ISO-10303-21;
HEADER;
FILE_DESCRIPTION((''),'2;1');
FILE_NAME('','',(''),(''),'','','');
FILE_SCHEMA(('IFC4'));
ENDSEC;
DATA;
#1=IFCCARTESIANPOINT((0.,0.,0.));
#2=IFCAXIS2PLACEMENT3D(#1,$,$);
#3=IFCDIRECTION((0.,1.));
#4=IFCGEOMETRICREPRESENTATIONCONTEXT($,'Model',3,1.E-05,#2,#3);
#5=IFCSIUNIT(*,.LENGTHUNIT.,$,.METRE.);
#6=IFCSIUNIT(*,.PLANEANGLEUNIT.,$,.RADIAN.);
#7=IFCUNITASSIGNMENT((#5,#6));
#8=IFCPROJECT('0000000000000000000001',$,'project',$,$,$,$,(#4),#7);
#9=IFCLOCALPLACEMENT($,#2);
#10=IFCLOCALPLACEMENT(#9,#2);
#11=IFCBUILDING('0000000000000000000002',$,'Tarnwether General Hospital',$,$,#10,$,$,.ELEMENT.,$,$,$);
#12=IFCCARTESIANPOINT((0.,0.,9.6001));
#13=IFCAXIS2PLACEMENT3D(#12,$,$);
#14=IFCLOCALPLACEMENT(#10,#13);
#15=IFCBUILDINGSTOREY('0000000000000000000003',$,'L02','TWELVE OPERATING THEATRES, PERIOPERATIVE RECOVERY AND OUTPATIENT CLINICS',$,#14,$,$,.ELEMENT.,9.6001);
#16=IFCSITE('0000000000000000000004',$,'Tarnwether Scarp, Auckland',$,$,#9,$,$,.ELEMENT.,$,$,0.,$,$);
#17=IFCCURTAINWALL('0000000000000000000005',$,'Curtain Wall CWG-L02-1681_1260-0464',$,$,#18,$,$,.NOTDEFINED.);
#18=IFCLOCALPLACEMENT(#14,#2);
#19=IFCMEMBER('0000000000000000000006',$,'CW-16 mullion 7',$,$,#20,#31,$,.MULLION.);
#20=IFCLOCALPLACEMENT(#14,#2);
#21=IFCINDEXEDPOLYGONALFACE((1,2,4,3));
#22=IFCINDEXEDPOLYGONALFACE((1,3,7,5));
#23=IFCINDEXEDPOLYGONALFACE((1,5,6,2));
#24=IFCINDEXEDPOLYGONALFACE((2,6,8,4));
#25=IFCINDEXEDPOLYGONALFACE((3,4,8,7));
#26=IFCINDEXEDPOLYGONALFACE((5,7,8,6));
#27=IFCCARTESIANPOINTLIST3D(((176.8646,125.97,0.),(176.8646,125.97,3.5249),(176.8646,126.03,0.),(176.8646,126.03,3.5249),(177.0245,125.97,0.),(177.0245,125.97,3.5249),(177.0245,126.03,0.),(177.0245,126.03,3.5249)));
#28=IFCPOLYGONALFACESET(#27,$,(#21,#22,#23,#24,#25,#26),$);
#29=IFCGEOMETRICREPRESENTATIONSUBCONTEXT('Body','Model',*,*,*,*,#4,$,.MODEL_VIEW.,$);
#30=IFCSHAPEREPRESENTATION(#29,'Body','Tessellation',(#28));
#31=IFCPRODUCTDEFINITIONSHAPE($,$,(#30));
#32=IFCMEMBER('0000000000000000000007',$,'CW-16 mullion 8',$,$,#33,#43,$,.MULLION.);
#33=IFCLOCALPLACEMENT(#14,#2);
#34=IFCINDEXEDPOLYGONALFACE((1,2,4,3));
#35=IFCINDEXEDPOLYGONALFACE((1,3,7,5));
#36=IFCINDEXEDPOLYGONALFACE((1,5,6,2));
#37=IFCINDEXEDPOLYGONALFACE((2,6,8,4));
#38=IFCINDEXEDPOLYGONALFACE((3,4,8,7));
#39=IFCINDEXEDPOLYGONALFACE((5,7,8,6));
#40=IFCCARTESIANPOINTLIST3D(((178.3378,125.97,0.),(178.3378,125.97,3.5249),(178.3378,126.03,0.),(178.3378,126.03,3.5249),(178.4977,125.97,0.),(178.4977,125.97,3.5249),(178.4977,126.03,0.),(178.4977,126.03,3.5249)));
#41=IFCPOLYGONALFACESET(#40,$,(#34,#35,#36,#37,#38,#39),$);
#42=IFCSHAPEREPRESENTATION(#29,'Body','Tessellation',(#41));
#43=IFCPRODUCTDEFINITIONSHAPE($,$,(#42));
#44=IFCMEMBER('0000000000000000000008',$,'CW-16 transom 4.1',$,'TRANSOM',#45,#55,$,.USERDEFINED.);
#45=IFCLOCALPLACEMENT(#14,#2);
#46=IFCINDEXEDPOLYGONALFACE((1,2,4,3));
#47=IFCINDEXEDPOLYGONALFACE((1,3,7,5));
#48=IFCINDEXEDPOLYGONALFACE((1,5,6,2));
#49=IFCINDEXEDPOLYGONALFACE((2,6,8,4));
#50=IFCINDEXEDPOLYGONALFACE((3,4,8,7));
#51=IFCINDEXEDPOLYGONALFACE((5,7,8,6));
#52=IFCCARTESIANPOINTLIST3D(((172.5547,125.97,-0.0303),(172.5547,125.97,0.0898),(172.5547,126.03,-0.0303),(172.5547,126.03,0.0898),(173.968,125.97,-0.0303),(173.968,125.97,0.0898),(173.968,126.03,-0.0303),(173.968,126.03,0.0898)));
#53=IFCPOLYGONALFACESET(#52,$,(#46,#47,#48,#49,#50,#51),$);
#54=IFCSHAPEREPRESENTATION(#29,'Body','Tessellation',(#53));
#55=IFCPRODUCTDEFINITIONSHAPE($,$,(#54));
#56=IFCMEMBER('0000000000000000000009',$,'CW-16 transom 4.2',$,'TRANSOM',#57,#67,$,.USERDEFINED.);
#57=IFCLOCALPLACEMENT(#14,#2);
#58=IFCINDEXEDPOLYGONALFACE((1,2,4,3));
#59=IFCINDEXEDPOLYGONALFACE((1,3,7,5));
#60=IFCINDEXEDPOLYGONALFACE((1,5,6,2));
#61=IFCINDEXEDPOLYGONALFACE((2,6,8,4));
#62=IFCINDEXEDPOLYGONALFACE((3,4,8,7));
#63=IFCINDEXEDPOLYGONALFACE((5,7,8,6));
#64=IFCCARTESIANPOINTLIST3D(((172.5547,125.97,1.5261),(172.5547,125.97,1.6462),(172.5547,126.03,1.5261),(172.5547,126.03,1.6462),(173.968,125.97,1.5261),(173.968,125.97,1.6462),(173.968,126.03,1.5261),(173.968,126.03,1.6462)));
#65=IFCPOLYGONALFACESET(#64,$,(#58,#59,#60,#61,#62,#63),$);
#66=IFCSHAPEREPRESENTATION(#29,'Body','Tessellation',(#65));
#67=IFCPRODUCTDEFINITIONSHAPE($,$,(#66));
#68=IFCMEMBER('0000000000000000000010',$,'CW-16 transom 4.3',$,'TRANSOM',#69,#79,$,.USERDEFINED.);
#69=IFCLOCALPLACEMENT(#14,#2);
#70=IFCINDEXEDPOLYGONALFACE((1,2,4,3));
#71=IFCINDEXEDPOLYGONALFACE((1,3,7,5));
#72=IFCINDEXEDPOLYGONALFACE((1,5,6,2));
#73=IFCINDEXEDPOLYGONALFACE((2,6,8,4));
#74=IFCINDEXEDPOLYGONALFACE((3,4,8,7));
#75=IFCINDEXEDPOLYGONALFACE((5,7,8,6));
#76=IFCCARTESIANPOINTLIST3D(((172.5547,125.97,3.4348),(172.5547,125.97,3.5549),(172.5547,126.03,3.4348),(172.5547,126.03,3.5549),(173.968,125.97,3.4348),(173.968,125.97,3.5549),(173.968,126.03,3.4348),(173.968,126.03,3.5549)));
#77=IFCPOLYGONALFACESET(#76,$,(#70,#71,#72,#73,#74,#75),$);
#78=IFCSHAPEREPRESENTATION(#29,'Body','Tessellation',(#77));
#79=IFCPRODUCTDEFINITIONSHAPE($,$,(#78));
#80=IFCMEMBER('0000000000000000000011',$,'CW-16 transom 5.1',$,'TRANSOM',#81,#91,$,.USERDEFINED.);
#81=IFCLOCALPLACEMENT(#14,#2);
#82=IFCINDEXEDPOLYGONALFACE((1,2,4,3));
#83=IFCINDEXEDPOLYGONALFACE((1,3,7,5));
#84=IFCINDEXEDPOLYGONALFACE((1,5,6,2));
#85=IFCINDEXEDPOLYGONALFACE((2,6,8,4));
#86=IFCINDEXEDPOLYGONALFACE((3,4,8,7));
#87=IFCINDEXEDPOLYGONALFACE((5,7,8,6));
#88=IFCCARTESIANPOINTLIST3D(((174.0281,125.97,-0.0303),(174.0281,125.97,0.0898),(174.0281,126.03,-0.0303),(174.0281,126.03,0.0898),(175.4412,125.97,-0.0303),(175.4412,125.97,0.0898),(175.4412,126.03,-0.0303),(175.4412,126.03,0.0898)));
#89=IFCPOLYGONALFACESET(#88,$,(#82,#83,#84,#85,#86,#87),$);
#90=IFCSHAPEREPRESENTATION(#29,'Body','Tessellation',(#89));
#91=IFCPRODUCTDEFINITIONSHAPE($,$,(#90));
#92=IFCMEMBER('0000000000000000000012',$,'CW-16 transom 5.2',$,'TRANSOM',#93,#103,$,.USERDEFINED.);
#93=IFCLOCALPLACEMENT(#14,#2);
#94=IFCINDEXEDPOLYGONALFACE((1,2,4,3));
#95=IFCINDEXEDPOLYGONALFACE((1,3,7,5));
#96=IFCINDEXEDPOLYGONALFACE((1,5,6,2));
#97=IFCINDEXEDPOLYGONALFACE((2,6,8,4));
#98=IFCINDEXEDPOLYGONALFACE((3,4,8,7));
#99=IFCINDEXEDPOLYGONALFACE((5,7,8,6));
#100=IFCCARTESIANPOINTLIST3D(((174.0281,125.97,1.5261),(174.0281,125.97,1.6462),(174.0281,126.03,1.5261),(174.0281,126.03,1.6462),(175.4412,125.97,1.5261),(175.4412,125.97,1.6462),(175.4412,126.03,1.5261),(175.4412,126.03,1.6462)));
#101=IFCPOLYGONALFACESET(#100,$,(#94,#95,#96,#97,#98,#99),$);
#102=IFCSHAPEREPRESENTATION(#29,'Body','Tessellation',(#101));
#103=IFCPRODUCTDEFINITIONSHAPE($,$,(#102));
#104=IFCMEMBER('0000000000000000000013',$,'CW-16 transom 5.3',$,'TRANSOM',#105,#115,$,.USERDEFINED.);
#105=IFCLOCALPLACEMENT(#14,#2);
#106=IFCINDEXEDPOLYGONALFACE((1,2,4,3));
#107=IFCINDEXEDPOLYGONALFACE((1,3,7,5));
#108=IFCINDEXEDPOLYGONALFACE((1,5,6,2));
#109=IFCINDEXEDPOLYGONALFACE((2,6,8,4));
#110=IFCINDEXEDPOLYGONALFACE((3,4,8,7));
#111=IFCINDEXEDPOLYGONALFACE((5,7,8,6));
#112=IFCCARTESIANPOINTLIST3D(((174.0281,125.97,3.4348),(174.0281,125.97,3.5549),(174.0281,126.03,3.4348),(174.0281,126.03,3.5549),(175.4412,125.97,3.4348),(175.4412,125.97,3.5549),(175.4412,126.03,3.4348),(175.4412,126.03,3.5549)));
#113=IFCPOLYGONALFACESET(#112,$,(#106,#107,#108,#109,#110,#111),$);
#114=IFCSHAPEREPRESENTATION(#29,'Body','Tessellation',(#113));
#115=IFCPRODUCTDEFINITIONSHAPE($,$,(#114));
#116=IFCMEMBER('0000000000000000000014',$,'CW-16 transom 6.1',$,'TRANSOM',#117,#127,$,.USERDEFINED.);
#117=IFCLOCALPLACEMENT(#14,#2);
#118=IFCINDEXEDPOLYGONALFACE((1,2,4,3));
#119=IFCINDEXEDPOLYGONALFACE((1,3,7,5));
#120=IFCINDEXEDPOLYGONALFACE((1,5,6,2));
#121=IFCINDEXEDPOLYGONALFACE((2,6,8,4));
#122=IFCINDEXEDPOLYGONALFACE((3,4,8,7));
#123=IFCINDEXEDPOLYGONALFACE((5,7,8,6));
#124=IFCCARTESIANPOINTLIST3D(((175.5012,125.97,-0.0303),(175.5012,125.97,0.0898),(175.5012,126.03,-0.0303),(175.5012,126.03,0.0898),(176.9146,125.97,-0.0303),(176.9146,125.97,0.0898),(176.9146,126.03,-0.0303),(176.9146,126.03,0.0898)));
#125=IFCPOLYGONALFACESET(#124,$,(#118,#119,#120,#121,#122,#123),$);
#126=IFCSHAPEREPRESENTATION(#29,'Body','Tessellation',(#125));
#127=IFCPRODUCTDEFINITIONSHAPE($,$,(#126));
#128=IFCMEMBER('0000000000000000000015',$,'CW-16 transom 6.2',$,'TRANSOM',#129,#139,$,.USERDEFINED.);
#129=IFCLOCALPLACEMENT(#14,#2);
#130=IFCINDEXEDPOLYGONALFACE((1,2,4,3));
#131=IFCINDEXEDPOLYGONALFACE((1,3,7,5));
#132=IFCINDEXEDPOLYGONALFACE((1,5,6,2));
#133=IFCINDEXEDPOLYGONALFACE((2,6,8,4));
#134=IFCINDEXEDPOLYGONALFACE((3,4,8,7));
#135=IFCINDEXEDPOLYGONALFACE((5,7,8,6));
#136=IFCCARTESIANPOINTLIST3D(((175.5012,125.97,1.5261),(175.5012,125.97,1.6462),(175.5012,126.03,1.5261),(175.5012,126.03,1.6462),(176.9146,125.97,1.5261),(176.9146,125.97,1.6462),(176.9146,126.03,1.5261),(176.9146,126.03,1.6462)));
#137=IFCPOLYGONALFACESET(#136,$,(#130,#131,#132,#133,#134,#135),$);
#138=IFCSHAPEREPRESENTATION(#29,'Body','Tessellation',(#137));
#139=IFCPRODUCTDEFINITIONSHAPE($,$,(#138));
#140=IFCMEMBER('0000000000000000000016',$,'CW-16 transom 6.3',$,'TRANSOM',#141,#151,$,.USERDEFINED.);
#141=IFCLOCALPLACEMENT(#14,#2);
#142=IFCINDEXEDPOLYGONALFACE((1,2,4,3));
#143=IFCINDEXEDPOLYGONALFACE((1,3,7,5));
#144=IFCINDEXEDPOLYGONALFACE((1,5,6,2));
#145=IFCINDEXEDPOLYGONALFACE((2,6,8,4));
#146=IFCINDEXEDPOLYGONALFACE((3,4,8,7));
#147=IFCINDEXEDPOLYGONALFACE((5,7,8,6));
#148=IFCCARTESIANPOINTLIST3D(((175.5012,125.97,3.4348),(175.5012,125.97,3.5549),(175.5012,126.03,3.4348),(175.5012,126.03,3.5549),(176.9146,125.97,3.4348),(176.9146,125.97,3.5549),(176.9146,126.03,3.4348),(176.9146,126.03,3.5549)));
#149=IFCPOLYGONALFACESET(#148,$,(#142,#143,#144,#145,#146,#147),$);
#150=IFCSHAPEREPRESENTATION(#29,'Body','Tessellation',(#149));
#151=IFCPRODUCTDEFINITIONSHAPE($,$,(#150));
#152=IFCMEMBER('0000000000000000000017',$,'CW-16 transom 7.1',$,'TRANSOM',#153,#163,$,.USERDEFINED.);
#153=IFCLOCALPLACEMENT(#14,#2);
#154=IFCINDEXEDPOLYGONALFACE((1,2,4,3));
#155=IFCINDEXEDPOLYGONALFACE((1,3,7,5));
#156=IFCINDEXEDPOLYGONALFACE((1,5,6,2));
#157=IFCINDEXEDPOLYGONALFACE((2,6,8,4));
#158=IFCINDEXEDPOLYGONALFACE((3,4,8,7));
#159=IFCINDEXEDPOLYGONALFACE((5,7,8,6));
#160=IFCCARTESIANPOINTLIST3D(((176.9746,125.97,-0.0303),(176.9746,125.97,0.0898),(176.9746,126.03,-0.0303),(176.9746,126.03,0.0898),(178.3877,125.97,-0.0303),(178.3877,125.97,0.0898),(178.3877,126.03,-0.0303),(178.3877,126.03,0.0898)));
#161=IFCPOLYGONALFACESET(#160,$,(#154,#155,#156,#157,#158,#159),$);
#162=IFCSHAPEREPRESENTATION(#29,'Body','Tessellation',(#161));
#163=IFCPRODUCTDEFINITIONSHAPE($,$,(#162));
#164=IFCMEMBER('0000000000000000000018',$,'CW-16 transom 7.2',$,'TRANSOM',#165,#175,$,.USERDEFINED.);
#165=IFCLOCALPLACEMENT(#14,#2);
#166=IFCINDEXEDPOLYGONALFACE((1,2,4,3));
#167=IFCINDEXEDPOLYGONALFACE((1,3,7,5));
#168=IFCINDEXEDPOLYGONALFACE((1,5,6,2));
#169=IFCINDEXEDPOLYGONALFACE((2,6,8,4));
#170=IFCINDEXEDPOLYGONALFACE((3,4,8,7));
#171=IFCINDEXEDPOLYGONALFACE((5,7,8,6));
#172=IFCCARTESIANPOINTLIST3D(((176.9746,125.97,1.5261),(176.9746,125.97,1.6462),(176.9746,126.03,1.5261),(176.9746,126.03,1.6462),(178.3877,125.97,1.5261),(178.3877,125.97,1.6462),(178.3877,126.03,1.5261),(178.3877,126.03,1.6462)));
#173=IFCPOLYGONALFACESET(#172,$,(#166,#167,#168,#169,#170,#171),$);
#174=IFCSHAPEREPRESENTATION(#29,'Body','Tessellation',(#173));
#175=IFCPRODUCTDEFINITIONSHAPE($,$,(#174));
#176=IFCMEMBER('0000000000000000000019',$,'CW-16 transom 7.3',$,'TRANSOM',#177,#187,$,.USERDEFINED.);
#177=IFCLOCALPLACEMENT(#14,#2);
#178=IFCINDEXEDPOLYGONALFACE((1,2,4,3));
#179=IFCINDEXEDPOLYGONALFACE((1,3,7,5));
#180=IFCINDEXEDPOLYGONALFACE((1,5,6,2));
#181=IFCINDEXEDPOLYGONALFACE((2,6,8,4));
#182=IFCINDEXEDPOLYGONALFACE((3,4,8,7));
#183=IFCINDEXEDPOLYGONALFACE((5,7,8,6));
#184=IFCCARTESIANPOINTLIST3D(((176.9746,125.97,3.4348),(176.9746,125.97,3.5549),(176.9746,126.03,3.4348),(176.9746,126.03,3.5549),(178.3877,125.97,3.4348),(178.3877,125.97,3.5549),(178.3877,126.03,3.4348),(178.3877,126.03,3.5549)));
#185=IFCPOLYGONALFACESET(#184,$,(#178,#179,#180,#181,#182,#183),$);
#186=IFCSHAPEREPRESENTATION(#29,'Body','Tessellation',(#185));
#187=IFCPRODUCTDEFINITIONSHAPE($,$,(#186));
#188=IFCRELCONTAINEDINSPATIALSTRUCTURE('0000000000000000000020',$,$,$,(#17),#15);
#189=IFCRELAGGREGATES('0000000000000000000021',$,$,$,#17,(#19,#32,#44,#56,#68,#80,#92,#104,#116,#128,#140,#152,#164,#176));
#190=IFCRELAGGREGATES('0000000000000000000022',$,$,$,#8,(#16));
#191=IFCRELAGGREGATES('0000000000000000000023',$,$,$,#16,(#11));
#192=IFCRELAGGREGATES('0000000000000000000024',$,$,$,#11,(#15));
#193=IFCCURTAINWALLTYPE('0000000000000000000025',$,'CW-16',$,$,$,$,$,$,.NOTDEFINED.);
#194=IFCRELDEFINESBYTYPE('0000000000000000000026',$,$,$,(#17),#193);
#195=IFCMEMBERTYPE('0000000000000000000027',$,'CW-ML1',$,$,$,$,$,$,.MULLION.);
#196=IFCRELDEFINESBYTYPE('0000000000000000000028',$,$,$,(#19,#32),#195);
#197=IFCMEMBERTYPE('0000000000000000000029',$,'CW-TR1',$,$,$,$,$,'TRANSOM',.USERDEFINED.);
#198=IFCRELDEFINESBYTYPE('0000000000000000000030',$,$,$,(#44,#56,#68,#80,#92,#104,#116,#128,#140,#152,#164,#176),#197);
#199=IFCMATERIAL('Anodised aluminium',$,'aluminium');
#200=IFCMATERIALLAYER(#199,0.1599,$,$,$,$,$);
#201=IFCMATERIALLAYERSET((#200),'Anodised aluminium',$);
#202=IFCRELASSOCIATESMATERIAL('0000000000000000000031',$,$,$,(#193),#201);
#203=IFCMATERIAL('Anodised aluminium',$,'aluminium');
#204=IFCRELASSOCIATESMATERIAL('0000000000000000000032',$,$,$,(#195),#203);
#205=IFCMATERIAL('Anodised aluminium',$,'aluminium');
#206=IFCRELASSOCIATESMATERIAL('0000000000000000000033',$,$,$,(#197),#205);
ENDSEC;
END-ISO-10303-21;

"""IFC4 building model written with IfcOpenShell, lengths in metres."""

from ifc_helpers import new_model, si_unit, direction, frame, origin, origin_2d, place, context, subcontext, project, spatial, rectangle, extrude, material, layer, layer_set, material_profile, profile_set, type_object, element, aggregate, save


model = new_model("IFC4")

# Units and contexts
model_context = context("Model", 3, precision=1e-05, world=origin(), true_north=direction((0.0, 1.0)))
body_context = subcontext(model_context, "Body", "Model", "MODEL_VIEW")
ifc_project = project(units=[si_unit("LENGTHUNIT", "METRE"), si_unit("PLANEANGLEUNIT", "RADIAN")], contexts=[model_context])

# Site, building, storey
site_placement = place(None, origin())
site = spatial("IfcSite", under=ifc_project, at=site_placement, Name="Tarnwether Scarp, Auckland", CompositionType="ELEMENT", RefElevation=0.0)
building_placement = place(site_placement, origin())
building = spatial("IfcBuilding", under=site, at=building_placement, Name="Tarnwether General Hospital", CompositionType="ELEMENT")
storey_placement = place(building_placement, frame((0.0, 0.0, 9.6001)))
storey = spatial("IfcBuildingStorey", under=building, at=storey_placement, Name="L02", Description="TWELVE OPERATING THEATRES, PERIOPERATIVE RECOVERY AND OUTPATIENT CLINICS", CompositionType="ELEMENT", Elevation=9.6001)

# Curtain wall, members
ifc_material_1 = material(Name="Anodised aluminium", Category="aluminium")
ifc_layer_1 = layer(ifc_material_1, 0.1599)
ifc_layer_set_1 = layer_set([ifc_layer_1], Name="Anodised aluminium")
curtain_wall_type = type_object("IfcCurtainWallType", Name="CW-16", PredefinedType="NOTDEFINED", material=ifc_layer_set_1)
curtain_wall_placement = place(storey_placement, origin())
curtain_wall = element("IfcCurtainWall", 1, at=curtain_wall_placement, inside=storey, type_object=curtain_wall_type, Name="Curtain Wall CWG-L02-1681_1260-0464", PredefinedType="NOTDEFINED")
ifc_material_2 = material(Name="Anodised aluminium", Category="aluminium")
ifc_material_profile_1 = material_profile(ifc_material_2, rectangle(XDim=0.0601, YDim=0.1599, at=origin_2d()), Name="ALU-MUL-60x160")
ifc_profile_set_1 = profile_set([ifc_material_profile_1], Name="Anodised aluminium")
member_type_1 = type_object("IfcMemberType", Name="CW-ML1", PredefinedType="MULLION", material=ifc_profile_set_1)
member_1_placement = place(storey_placement, frame((176.9446, 126.0, 0.0), z_axis=(0.0, 0.0, 1.0), x_axis=(0.0, 1.0, 0.0)))
member_1 = element("IfcMember", 2, at=member_1_placement, type_object=member_type_1, Name="CW-16 mullion 7", PredefinedType="MULLION", context=body_context, shape_type="SweptSolid", body=[
    extrude(rectangle(XDim=0.0601, YDim=0.1599, at=origin_2d()), origin(), (0.0, 0.0, 1.0), 3.5249),
])
member_2_placement = place(storey_placement, frame((178.4177, 126.0, 0.0), z_axis=(0.0, 0.0, 1.0), x_axis=(0.0, 1.0, 0.0)))
member_2 = element("IfcMember", 3, at=member_2_placement, type_object=member_type_1, Name="CW-16 mullion 8", PredefinedType="MULLION", context=body_context, shape_type="SweptSolid", body=[
    extrude(rectangle(XDim=0.0601, YDim=0.1599, at=origin_2d()), origin(), (0.0, 0.0, 1.0), 3.5249),
])
ifc_material_3 = material(Name="Anodised aluminium", Category="aluminium")
ifc_material_profile_2 = material_profile(ifc_material_3, rectangle(XDim=0.0601, YDim=0.1201, at=origin_2d()), Name="ALU-TRN-60x120")
ifc_profile_set_2 = profile_set([ifc_material_profile_2], Name="Anodised aluminium")
member_type_2 = type_object("IfcMemberType", Name="CW-TR1", ElementType="TRANSOM", PredefinedType="USERDEFINED", material=ifc_profile_set_2)
member_3_placement = place(storey_placement, frame((172.5547, 126.0, 0.0298), z_axis=(1.0, 0.0, 0.0), x_axis=(0.0, 1.0, 0.0)))
member_3 = element("IfcMember", 4, at=member_3_placement, type_object=member_type_2, Name="CW-16 transom 4.1", ObjectType="TRANSOM", PredefinedType="USERDEFINED", context=body_context, shape_type="SweptSolid", body=[
    extrude(rectangle(XDim=0.0601, YDim=0.1201, at=origin_2d()), origin(), (0.0, 0.0, 1.0), 1.4133),
])
member_4_placement = place(storey_placement, frame((172.5547, 126.0, 1.5862), z_axis=(1.0, 0.0, 0.0), x_axis=(0.0, 1.0, 0.0)))
member_4 = element("IfcMember", 5, at=member_4_placement, type_object=member_type_2, Name="CW-16 transom 4.2", ObjectType="TRANSOM", PredefinedType="USERDEFINED", context=body_context, shape_type="SweptSolid", body=[
    extrude(rectangle(XDim=0.0601, YDim=0.1201, at=origin_2d()), origin(), (0.0, 0.0, 1.0), 1.4133),
])
member_5_placement = place(storey_placement, frame((172.5547, 126.0, 3.4949), z_axis=(1.0, 0.0, 0.0), x_axis=(0.0, 1.0, 0.0)))
member_5 = element("IfcMember", 6, at=member_5_placement, type_object=member_type_2, Name="CW-16 transom 4.3", ObjectType="TRANSOM", PredefinedType="USERDEFINED", context=body_context, shape_type="SweptSolid", body=[
    extrude(rectangle(XDim=0.0601, YDim=0.1201, at=origin_2d()), origin(), (0.0, 0.0, 1.0), 1.4133),
])
member_6_placement = place(storey_placement, frame((174.0281, 126.0, 0.0298), z_axis=(1.0, 0.0, 0.0), x_axis=(0.0, 1.0, 0.0)))
member_6 = element("IfcMember", 7, at=member_6_placement, type_object=member_type_2, Name="CW-16 transom 5.1", ObjectType="TRANSOM", PredefinedType="USERDEFINED", context=body_context, shape_type="SweptSolid", body=[
    extrude(rectangle(XDim=0.0601, YDim=0.1201, at=origin_2d()), origin(), (0.0, 0.0, 1.0), 1.4131),
])
member_7_placement = place(storey_placement, frame((174.0281, 126.0, 1.5862), z_axis=(1.0, 0.0, 0.0), x_axis=(0.0, 1.0, 0.0)))
member_7 = element("IfcMember", 8, at=member_7_placement, type_object=member_type_2, Name="CW-16 transom 5.2", ObjectType="TRANSOM", PredefinedType="USERDEFINED", context=body_context, shape_type="SweptSolid", body=[
    extrude(rectangle(XDim=0.0601, YDim=0.1201, at=origin_2d()), origin(), (0.0, 0.0, 1.0), 1.4131),
])
member_8_placement = place(storey_placement, frame((174.0281, 126.0, 3.4949), z_axis=(1.0, 0.0, 0.0), x_axis=(0.0, 1.0, 0.0)))
member_8 = element("IfcMember", 9, at=member_8_placement, type_object=member_type_2, Name="CW-16 transom 5.3", ObjectType="TRANSOM", PredefinedType="USERDEFINED", context=body_context, shape_type="SweptSolid", body=[
    extrude(rectangle(XDim=0.0601, YDim=0.1201, at=origin_2d()), origin(), (0.0, 0.0, 1.0), 1.4131),
])
member_9_placement = place(storey_placement, frame((175.5012, 126.0, 0.0298), z_axis=(1.0, 0.0, 0.0), x_axis=(0.0, 1.0, 0.0)))
member_9 = element("IfcMember", 10, at=member_9_placement, type_object=member_type_2, Name="CW-16 transom 6.1", ObjectType="TRANSOM", PredefinedType="USERDEFINED", context=body_context, shape_type="SweptSolid", body=[
    extrude(rectangle(XDim=0.0601, YDim=0.1201, at=origin_2d()), origin(), (0.0, 0.0, 1.0), 1.4133),
])
member_10_placement = place(storey_placement, frame((175.5012, 126.0, 1.5862), z_axis=(1.0, 0.0, 0.0), x_axis=(0.0, 1.0, 0.0)))
member_10 = element("IfcMember", 11, at=member_10_placement, type_object=member_type_2, Name="CW-16 transom 6.2", ObjectType="TRANSOM", PredefinedType="USERDEFINED", context=body_context, shape_type="SweptSolid", body=[
    extrude(rectangle(XDim=0.0601, YDim=0.1201, at=origin_2d()), origin(), (0.0, 0.0, 1.0), 1.4133),
])
member_11_placement = place(storey_placement, frame((175.5012, 126.0, 3.4949), z_axis=(1.0, 0.0, 0.0), x_axis=(0.0, 1.0, 0.0)))
member_11 = element("IfcMember", 12, at=member_11_placement, type_object=member_type_2, Name="CW-16 transom 6.3", ObjectType="TRANSOM", PredefinedType="USERDEFINED", context=body_context, shape_type="SweptSolid", body=[
    extrude(rectangle(XDim=0.0601, YDim=0.1201, at=origin_2d()), origin(), (0.0, 0.0, 1.0), 1.4133),
])
member_12_placement = place(storey_placement, frame((176.9746, 126.0, 0.0298), z_axis=(1.0, 0.0, 0.0), x_axis=(0.0, 1.0, 0.0)))
member_12 = element("IfcMember", 13, at=member_12_placement, type_object=member_type_2, Name="CW-16 transom 7.1", ObjectType="TRANSOM", PredefinedType="USERDEFINED", context=body_context, shape_type="SweptSolid", body=[
    extrude(rectangle(XDim=0.0601, YDim=0.1201, at=origin_2d()), origin(), (0.0, 0.0, 1.0), 1.4131),
])
member_13_placement = place(storey_placement, frame((176.9746, 126.0, 1.5862), z_axis=(1.0, 0.0, 0.0), x_axis=(0.0, 1.0, 0.0)))
member_13 = element("IfcMember", 14, at=member_13_placement, type_object=member_type_2, Name="CW-16 transom 7.2", ObjectType="TRANSOM", PredefinedType="USERDEFINED", context=body_context, shape_type="SweptSolid", body=[
    extrude(rectangle(XDim=0.0601, YDim=0.1201, at=origin_2d()), origin(), (0.0, 0.0, 1.0), 1.4131),
])
member_14_placement = place(storey_placement, frame((176.9746, 126.0, 3.4949), z_axis=(1.0, 0.0, 0.0), x_axis=(0.0, 1.0, 0.0)))
member_14 = element("IfcMember", 15, at=member_14_placement, type_object=member_type_2, Name="CW-16 transom 7.3", ObjectType="TRANSOM", PredefinedType="USERDEFINED", context=body_context, shape_type="SweptSolid", body=[
    extrude(rectangle(XDim=0.0601, YDim=0.1201, at=origin_2d()), origin(), (0.0, 0.0, 1.0), 1.4131),
])
aggregate(curtain_wall, [member_1, member_2, member_3, member_4, member_5, member_6, member_7, member_8, member_9, member_10, member_11, member_12, member_13, member_14])

save(model, "model.ifc")
